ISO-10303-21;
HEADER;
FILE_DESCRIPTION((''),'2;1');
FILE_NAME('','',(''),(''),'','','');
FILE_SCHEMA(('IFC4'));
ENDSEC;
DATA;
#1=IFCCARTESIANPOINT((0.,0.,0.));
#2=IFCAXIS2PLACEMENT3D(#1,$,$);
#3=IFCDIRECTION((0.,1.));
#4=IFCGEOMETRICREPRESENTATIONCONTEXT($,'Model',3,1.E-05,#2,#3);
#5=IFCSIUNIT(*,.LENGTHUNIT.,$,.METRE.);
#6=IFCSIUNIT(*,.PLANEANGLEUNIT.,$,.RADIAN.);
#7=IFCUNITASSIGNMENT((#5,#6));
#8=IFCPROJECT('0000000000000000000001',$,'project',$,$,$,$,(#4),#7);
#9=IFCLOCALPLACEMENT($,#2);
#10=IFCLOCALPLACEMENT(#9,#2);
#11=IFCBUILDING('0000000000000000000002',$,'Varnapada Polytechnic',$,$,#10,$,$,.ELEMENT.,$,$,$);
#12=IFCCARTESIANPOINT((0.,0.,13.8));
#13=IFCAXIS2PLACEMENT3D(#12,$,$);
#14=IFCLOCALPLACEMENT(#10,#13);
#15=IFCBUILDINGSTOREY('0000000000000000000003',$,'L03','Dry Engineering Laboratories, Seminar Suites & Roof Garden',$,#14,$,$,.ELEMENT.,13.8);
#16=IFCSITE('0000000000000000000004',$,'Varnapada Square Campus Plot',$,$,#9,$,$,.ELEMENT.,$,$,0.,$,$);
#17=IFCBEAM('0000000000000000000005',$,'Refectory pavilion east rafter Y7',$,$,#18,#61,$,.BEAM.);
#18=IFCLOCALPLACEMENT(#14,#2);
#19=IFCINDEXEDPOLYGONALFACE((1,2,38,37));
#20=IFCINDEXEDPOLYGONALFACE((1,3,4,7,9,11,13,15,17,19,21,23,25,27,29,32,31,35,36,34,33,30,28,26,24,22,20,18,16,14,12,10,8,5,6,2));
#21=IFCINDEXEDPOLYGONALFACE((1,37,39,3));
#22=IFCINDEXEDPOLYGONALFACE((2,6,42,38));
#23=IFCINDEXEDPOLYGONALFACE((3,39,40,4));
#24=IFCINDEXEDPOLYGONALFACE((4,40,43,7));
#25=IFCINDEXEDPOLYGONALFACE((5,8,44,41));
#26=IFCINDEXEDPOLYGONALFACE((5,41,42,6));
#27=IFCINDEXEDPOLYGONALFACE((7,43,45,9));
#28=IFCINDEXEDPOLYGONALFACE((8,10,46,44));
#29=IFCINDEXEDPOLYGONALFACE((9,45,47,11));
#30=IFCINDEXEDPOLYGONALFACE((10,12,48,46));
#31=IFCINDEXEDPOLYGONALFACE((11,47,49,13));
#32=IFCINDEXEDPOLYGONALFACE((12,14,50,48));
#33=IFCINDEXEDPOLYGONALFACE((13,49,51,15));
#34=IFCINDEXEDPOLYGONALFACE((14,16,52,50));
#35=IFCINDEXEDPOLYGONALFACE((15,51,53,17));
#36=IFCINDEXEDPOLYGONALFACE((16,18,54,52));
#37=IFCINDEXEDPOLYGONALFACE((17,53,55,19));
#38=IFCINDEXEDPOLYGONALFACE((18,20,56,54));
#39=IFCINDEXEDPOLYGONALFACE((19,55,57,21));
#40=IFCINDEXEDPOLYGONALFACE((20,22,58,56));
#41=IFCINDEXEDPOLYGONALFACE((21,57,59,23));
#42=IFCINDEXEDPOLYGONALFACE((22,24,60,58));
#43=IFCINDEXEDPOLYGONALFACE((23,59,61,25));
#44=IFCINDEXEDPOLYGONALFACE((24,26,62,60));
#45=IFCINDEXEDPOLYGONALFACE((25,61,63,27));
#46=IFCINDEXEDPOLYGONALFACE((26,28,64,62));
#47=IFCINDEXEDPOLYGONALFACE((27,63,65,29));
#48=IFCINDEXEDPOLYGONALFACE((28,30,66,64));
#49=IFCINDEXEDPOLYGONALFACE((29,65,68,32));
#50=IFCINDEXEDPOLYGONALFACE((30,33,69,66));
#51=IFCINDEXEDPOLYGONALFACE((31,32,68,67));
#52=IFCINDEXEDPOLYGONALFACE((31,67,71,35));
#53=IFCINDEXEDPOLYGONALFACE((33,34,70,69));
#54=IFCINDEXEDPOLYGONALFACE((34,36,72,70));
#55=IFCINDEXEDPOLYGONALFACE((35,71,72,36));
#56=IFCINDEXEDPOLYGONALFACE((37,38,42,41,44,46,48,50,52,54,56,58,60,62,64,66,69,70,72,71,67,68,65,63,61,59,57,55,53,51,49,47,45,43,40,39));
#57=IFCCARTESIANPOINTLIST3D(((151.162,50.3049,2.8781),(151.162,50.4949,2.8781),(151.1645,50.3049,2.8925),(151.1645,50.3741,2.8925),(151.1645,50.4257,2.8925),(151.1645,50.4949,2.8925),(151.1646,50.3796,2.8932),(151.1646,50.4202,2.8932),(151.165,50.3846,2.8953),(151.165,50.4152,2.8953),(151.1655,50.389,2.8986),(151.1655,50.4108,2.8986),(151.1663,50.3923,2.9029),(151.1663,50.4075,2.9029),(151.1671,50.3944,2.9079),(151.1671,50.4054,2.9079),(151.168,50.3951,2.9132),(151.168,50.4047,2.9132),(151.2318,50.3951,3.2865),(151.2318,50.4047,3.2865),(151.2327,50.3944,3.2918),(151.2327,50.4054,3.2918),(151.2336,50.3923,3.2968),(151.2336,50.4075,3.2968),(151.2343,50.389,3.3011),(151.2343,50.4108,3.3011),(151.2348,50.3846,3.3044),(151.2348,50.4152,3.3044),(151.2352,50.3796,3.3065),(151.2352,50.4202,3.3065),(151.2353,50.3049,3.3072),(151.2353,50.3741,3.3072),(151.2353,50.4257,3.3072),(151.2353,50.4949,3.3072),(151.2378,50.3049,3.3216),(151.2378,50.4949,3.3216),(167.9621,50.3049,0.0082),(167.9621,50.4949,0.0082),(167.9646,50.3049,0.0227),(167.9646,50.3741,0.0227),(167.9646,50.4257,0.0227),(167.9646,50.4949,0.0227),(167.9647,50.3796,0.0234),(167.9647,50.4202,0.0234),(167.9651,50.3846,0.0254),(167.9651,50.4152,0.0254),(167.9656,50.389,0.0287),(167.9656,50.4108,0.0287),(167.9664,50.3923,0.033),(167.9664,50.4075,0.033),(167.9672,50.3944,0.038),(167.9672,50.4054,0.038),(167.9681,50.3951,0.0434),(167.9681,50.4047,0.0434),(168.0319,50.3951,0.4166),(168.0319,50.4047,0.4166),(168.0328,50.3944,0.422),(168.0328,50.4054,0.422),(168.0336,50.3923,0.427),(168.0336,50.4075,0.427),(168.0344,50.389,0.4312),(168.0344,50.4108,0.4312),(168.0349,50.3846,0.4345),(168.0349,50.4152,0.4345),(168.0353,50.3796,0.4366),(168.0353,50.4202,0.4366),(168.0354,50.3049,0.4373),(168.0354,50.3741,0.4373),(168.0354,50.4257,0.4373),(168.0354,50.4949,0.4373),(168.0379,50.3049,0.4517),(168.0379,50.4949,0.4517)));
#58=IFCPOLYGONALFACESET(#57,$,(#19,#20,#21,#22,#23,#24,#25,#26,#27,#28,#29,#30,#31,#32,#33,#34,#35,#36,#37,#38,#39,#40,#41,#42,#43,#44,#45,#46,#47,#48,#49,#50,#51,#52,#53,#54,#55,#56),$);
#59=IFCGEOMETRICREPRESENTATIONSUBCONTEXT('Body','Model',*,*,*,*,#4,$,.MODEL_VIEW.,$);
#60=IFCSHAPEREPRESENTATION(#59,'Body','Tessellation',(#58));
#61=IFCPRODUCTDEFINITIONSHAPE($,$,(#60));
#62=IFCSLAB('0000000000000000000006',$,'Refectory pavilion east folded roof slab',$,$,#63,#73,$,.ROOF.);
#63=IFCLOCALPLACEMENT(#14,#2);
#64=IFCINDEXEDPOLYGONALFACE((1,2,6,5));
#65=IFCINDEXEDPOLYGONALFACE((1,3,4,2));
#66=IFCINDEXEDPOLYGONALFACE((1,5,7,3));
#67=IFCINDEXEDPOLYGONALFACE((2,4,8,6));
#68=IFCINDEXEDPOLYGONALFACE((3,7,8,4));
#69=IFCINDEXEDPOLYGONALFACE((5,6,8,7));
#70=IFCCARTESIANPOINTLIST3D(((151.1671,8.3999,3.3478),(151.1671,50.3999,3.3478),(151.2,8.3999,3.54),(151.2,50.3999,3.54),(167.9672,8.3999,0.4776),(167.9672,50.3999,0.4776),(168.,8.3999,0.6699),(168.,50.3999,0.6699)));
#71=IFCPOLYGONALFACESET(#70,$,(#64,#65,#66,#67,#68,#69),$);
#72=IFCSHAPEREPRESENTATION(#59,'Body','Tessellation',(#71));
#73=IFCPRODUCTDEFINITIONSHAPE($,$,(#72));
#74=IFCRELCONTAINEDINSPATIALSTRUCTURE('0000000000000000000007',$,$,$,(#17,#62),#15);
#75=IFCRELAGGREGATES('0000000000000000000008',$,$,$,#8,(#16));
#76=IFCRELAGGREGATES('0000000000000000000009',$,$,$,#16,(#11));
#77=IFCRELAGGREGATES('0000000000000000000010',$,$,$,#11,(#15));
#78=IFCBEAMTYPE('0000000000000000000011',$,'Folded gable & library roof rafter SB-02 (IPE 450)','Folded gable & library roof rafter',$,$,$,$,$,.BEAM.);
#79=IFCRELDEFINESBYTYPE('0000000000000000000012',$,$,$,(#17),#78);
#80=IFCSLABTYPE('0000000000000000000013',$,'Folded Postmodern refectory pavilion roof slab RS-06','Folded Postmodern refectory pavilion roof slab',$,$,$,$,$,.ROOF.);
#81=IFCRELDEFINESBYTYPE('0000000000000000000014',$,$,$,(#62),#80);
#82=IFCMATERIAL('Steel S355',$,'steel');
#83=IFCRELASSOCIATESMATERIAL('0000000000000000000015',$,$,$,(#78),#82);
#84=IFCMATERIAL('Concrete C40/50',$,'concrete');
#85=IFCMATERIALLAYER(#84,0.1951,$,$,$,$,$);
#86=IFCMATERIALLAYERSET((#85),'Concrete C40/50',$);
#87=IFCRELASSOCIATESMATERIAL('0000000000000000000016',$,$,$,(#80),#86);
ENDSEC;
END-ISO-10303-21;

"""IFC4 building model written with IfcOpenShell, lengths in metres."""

from ifc_helpers import new_model, si_unit, direction, frame, origin, origin_2d, place, context, subcontext, project, spatial, polyline, i_section, outline, extrude, material, layer, layer_set, material_profile, profile_set, type_object, element, save


model = new_model("IFC4")

# Units and contexts
model_context = context("Model", 3, precision=1e-05, world=origin(), true_north=direction((0.0, 1.0)))
body_context = subcontext(model_context, "Body", "Model", "MODEL_VIEW")
ifc_project = project(units=[si_unit("LENGTHUNIT", "METRE"), si_unit("PLANEANGLEUNIT", "RADIAN")], contexts=[model_context])

# Site, building, storey
site_placement = place(None, origin())
site = spatial("IfcSite", under=ifc_project, at=site_placement, Name="Varnapada Square Campus Plot", CompositionType="ELEMENT", RefElevation=0.0)
building_placement = place(site_placement, origin())
building = spatial("IfcBuilding", under=site, at=building_placement, Name="Varnapada Polytechnic", CompositionType="ELEMENT")
storey_placement = place(building_placement, frame((0.0, 0.0, 13.8)))
storey = spatial("IfcBuildingStorey", under=building, at=storey_placement, Name="L03", Description="Dry Engineering Laboratories, Seminar Suites & Roof Garden", CompositionType="ELEMENT", Elevation=13.8)

# Beam
ifc_material_1 = material(Name="Steel S355", Category="steel")
ifc_material_profile = material_profile(ifc_material_1, i_section(OverallWidth=0.1899, OverallDepth=0.45, WebThickness=0.0095, FlangeThickness=0.0146, FilletRadius=0.021, at=origin_2d()), Name="IPE 450")
ifc_profile_set = profile_set([ifc_material_profile], Name="Steel S355")
beam_type = type_object("IfcBeamType", Name="Folded gable & library roof rafter SB-02 (IPE 450)", Description="Folded gable & library roof rafter", PredefinedType="BEAM", material=ifc_profile_set)
beam_placement = place(storey_placement, frame((168.0, 50.3999, 0.23), z_axis=(-0.985721, 0.0, 0.168386), x_axis=(0.0, -1.0, 0.0)))
element("IfcBeam", 1, at=beam_placement, inside=storey, type_object=beam_type, Name="Refectory pavilion east rafter Y7", PredefinedType="BEAM", context=body_context, shape_type="SweptSolid", body=[
    extrude(i_section(OverallWidth=0.1899, OverallDepth=0.45, WebThickness=0.0095, FlangeThickness=0.0146, FilletRadius=0.021, at=origin_2d()), origin(), (0.0, 0.0, 1.0), 17.0435),
])

# Slab
ifc_material_2 = material(Name="Concrete C40/50", Category="concrete")
ifc_layer_1 = layer(ifc_material_2, 0.1951)
ifc_layer_set_1 = layer_set([ifc_layer_1], Name="Concrete C40/50")
slab_type = type_object("IfcSlabType", Name="Folded Postmodern refectory pavilion roof slab RS-06", Description="Folded Postmodern refectory pavilion roof slab", PredefinedType="ROOF", material=ifc_layer_set_1)
slab_placement = place(storey_placement, frame((168.0, 50.3999, 0.6699), z_axis=(0.1684, 0.0, 0.985719), x_axis=(0.0, -1.0, 0.0)))
element("IfcSlab", 2, at=slab_placement, inside=storey, type_object=slab_type, Name="Refectory pavilion east folded roof slab", PredefinedType="ROOF", context=body_context, shape_type="SweptSolid", body=[
    extrude(outline(polyline([(0.0, 0.0), (42.0, 0.0), (42.0, -17.0435), (0.0, -17.0435), (0.0, 0.0)])), origin(), (0.0, 0.0, -1.0), 0.1951),
])

save(model, "model.ifc")
